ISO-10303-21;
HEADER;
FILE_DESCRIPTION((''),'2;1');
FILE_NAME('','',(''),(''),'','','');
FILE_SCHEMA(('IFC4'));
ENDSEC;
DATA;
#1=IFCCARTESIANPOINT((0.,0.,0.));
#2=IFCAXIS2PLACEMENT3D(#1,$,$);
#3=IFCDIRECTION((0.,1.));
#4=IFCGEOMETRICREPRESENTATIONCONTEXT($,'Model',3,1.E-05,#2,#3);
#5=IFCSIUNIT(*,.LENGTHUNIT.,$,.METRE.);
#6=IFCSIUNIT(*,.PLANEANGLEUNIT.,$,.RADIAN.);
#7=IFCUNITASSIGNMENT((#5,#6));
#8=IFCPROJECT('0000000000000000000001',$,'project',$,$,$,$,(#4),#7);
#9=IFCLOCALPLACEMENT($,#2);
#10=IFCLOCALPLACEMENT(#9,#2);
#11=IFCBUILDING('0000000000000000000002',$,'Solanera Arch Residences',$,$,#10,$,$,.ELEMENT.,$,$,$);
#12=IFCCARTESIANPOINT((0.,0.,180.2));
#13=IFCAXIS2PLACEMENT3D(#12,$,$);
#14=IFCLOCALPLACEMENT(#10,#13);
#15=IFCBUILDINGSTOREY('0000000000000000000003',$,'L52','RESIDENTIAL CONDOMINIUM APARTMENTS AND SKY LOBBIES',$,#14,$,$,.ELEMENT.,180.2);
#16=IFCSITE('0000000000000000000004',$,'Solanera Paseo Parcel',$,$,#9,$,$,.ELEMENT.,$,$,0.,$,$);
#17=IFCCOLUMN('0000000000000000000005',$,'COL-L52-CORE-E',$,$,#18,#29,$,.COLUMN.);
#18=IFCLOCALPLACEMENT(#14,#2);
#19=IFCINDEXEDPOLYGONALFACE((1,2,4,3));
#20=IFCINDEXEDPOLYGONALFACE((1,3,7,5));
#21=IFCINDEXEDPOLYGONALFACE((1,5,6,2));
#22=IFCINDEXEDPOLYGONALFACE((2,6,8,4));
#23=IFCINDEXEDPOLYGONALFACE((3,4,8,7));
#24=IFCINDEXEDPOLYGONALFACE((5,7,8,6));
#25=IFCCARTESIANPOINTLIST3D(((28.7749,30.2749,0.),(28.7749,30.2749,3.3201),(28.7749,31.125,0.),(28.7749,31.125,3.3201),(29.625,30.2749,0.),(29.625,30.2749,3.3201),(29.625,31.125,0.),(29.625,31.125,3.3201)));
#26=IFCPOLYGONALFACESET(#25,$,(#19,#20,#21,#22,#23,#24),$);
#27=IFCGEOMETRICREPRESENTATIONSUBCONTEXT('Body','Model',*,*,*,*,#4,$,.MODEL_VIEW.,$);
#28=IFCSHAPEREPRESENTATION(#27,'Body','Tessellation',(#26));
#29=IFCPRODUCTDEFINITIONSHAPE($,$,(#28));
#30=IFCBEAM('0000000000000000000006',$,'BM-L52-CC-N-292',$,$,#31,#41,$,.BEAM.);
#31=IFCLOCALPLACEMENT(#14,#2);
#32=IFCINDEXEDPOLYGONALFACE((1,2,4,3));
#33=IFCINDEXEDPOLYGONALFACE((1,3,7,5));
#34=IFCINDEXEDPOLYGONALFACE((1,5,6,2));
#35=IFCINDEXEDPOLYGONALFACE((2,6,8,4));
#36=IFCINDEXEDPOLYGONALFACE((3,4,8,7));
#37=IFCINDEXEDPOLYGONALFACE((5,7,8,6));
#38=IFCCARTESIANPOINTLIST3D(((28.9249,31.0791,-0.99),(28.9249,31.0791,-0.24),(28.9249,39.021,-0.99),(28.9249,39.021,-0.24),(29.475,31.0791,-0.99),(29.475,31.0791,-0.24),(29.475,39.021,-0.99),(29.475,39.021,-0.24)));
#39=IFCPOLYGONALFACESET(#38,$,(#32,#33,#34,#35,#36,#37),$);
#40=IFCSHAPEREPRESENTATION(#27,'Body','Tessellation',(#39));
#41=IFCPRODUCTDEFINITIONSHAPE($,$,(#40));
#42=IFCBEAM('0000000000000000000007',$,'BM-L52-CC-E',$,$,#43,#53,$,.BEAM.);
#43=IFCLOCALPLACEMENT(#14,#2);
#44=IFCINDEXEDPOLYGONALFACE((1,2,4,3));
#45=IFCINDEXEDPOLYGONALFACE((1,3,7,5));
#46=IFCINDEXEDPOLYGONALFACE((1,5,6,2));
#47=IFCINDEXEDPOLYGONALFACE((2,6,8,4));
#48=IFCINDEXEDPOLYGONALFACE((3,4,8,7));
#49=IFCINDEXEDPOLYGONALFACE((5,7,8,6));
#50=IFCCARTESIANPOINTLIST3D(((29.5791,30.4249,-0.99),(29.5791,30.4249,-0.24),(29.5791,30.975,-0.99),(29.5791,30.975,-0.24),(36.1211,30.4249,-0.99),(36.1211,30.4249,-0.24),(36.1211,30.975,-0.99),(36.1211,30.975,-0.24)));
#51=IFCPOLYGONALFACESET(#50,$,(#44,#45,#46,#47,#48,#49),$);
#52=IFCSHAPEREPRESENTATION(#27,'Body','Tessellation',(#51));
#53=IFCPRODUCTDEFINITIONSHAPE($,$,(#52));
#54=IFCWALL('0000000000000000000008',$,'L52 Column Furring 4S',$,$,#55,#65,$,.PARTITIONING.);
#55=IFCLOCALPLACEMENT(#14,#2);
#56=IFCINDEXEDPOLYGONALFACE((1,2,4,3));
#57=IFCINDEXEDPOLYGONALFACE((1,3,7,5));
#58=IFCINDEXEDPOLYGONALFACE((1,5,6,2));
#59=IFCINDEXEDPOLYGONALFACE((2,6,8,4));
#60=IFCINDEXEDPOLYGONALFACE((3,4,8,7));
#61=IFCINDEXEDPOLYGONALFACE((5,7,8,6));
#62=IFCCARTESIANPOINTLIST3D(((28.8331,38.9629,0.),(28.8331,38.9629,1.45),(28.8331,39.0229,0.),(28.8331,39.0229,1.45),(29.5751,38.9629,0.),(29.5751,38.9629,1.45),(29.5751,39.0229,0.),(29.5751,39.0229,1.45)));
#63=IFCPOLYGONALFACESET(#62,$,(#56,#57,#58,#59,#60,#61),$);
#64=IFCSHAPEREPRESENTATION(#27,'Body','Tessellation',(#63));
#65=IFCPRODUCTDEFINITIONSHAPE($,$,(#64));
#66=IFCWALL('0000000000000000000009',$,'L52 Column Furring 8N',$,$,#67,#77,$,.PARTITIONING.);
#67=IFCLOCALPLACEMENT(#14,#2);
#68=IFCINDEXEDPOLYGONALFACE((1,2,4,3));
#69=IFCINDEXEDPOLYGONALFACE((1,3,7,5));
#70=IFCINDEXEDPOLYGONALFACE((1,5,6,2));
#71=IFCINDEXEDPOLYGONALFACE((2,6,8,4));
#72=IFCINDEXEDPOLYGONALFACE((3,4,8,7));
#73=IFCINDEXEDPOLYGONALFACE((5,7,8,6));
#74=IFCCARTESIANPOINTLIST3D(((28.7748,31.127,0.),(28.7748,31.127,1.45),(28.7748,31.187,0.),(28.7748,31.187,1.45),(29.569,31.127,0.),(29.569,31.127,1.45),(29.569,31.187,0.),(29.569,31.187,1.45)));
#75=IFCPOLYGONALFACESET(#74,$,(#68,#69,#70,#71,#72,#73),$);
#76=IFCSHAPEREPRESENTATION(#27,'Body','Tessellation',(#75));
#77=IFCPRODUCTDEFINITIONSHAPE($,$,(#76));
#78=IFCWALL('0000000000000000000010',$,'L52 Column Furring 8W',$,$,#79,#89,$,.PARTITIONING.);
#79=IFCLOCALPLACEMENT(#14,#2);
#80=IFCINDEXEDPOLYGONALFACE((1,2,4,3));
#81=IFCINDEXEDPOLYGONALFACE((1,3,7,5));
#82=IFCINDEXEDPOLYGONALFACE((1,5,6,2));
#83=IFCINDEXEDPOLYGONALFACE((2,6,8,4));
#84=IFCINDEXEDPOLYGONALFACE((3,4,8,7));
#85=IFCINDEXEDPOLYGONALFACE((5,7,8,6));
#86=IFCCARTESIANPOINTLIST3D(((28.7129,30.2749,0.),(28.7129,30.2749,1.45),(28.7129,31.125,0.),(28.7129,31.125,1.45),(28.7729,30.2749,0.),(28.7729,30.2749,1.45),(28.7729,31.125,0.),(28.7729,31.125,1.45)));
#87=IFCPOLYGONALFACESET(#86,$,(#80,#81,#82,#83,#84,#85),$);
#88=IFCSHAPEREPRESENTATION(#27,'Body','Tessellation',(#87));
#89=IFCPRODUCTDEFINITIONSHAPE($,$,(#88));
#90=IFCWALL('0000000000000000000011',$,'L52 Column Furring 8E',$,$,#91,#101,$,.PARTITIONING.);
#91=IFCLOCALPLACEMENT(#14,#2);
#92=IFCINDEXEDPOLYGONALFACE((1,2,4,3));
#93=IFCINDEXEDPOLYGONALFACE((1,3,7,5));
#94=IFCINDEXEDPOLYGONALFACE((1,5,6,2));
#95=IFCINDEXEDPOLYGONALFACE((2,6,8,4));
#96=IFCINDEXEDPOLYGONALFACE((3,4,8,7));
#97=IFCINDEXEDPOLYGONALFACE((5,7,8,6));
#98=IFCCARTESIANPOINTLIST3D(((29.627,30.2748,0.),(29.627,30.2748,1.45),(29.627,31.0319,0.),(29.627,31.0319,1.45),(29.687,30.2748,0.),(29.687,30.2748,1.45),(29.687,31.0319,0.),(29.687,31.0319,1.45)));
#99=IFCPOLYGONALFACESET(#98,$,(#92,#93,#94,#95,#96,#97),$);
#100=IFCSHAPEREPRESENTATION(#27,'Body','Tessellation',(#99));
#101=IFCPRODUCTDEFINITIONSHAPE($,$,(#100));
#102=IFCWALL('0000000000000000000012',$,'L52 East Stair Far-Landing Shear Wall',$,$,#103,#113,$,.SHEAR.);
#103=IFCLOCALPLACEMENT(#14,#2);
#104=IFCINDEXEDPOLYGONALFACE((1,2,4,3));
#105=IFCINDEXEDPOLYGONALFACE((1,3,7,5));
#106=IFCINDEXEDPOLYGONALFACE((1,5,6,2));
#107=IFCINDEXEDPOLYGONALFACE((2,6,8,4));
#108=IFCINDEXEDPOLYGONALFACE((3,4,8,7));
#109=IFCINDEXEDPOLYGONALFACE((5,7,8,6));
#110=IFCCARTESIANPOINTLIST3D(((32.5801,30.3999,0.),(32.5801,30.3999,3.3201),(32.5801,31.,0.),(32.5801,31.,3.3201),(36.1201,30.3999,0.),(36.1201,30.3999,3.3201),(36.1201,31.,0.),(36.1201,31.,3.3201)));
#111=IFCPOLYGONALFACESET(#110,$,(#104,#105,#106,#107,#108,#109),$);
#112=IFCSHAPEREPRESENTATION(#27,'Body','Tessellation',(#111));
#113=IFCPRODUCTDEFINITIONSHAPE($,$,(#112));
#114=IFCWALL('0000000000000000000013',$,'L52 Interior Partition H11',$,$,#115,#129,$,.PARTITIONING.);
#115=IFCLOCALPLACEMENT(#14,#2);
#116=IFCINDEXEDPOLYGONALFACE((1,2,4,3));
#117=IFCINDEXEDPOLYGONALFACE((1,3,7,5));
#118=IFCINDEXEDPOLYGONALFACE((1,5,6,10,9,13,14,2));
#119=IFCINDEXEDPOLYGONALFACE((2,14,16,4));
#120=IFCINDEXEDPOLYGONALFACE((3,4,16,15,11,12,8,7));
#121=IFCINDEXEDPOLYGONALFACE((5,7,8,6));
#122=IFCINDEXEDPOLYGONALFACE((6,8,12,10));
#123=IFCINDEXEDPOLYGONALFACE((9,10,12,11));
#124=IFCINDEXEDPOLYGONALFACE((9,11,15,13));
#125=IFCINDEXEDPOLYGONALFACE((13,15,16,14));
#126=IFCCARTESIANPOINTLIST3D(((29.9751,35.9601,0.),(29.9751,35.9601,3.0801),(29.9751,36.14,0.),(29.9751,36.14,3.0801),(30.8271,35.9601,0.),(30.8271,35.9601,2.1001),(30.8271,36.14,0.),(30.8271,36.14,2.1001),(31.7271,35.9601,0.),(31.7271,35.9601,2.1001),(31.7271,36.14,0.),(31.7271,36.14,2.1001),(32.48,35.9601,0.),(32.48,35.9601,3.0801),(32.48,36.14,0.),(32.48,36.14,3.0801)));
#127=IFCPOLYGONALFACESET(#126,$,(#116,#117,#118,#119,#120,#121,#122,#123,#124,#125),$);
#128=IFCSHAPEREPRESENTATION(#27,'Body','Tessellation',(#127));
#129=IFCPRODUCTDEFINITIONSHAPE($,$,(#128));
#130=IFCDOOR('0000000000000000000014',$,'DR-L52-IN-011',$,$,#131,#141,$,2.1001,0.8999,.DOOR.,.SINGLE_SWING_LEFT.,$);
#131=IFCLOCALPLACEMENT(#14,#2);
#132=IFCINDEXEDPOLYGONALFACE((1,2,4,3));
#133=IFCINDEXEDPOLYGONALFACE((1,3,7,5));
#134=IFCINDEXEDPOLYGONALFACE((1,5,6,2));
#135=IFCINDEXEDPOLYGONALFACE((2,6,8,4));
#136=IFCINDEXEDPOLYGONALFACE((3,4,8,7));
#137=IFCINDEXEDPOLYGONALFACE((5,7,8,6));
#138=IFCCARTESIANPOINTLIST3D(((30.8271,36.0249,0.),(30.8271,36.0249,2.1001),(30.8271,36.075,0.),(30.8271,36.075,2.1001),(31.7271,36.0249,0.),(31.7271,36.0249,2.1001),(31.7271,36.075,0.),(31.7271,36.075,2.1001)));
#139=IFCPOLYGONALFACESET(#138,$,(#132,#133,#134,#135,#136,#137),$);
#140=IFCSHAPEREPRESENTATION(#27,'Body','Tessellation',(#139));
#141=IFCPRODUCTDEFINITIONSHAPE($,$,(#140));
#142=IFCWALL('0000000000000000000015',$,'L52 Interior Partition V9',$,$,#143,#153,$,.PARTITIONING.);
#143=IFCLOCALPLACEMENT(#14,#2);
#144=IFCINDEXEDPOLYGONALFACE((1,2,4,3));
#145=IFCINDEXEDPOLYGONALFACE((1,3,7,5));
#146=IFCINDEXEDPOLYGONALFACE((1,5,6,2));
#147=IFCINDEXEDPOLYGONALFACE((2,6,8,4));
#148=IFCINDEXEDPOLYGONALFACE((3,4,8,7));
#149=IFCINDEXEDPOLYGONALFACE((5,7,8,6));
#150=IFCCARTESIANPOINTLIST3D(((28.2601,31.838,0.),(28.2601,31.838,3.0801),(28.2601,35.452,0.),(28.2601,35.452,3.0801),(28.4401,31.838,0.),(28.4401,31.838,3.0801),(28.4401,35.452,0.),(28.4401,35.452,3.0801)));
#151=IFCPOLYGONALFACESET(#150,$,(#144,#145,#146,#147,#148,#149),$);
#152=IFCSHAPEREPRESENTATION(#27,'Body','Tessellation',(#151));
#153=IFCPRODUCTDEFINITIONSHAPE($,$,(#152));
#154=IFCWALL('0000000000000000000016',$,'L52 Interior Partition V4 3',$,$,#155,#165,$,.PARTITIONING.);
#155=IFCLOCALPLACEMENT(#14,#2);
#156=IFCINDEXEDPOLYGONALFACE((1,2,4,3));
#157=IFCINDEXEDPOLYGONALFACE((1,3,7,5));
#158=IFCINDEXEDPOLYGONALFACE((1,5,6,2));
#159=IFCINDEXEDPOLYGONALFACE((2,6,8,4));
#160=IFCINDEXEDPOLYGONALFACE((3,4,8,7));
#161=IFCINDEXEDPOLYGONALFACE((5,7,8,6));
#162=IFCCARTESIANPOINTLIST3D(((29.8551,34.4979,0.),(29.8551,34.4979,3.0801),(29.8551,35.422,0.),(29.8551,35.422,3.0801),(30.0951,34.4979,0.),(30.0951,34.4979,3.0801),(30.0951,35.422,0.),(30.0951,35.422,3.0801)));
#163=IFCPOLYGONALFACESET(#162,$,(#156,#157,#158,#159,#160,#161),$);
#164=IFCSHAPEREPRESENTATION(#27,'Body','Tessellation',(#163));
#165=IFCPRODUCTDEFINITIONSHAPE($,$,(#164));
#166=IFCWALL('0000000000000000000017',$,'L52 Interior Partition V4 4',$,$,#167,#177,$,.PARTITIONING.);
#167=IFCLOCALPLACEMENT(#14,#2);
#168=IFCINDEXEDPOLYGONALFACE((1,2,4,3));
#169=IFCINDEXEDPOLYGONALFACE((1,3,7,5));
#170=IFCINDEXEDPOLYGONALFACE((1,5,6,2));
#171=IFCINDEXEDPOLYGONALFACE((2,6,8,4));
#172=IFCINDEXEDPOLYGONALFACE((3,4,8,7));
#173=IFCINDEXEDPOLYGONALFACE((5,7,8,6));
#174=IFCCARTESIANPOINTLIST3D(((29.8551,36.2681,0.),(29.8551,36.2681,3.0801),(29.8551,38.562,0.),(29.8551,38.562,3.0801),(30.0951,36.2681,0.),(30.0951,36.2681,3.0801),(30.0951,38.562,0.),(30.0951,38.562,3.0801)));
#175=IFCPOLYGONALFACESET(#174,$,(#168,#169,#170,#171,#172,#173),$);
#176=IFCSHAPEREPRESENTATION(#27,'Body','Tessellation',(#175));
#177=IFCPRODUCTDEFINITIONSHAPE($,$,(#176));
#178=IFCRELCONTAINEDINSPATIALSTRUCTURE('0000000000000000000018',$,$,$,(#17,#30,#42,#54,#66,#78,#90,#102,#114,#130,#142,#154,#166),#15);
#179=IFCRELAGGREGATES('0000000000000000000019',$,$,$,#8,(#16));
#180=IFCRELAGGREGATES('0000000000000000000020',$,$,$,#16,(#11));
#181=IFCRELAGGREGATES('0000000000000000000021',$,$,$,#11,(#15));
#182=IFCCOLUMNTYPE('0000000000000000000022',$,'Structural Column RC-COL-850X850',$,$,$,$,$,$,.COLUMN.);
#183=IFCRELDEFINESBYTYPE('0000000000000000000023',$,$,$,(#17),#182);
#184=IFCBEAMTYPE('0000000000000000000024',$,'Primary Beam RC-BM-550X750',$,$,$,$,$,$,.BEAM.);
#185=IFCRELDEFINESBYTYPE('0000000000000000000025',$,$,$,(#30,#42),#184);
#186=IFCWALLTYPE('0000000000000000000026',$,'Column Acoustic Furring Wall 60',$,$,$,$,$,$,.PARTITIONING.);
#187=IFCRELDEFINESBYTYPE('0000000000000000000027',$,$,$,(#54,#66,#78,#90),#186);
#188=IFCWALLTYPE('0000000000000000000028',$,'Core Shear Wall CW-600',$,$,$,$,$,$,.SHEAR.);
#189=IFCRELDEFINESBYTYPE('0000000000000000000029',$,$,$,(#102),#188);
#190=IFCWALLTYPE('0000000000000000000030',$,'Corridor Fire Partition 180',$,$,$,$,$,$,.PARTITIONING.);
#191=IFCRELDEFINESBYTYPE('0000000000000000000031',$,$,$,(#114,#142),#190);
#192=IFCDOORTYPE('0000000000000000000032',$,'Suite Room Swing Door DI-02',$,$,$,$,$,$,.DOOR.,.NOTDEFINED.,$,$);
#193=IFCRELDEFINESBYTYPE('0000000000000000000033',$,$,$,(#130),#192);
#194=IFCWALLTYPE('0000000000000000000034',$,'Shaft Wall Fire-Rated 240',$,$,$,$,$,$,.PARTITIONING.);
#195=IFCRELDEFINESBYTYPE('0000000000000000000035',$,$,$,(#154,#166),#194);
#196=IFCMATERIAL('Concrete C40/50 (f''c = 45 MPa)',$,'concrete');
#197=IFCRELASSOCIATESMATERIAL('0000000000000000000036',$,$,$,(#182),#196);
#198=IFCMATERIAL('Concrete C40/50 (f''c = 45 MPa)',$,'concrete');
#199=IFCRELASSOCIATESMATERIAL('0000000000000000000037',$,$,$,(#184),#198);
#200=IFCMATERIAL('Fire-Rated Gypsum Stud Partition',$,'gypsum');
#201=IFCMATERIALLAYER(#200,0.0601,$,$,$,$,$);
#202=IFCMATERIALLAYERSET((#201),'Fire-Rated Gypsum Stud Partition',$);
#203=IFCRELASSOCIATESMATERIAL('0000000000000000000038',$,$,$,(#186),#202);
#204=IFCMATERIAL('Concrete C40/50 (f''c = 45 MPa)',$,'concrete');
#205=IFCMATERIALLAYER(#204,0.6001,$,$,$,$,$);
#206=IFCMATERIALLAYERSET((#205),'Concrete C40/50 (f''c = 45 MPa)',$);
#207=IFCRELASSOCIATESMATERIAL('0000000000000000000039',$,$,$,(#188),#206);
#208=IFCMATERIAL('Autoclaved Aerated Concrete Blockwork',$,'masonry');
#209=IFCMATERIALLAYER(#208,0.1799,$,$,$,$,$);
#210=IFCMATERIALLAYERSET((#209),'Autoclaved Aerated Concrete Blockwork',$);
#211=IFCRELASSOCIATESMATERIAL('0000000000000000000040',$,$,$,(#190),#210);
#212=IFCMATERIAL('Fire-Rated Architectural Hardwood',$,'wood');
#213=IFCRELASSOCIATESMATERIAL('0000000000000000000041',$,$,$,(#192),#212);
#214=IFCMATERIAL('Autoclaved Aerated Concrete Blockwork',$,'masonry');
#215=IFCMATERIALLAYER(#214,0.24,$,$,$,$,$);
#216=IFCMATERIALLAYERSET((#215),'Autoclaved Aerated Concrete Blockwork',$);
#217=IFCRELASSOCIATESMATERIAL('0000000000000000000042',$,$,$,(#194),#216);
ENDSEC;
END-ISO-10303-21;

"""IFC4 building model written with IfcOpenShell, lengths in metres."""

from ifc_helpers import new_model, si_unit, direction, frame, frame_2d, origin, origin_2d, place, context, subcontext, project, spatial, rectangle, extrude, material, layer, layer_set, material_profile, profile_set, type_object, element, fill, save


model = new_model("IFC4")

# Units and contexts
model_context = context("Model", 3, precision=1e-05, world=origin(), true_north=direction((0.0, 1.0)))
body_context = subcontext(model_context, "Body", "Model", "MODEL_VIEW")
ifc_project = project(units=[si_unit("LENGTHUNIT", "METRE"), si_unit("PLANEANGLEUNIT", "RADIAN")], contexts=[model_context])

# Site, building, storey
site_placement = place(None, origin())
site = spatial("IfcSite", under=ifc_project, at=site_placement, Name="Solanera Paseo Parcel", CompositionType="ELEMENT", RefElevation=0.0)
building_placement = place(site_placement, origin())
building = spatial("IfcBuilding", under=site, at=building_placement, Name="Solanera Arch Residences", CompositionType="ELEMENT")
storey_placement = place(building_placement, frame((0.0, 0.0, 180.2)))
storey = spatial("IfcBuildingStorey", under=building, at=storey_placement, Name="L52", Description="RESIDENTIAL CONDOMINIUM APARTMENTS AND SKY LOBBIES", CompositionType="ELEMENT", Elevation=180.2)

# Column
ifc_material_1 = material(Name="Concrete C40/50 (f'c = 45 MPa)", Category="concrete")
ifc_material_profile_1 = material_profile(ifc_material_1, rectangle(XDim=0.8501, YDim=0.8501, at=origin_2d()))
ifc_profile_set_1 = profile_set([ifc_material_profile_1], Name="Concrete C40/50 (f'c = 45 MPa)")
column_type = type_object("IfcColumnType", Name="Structural Column RC-COL-850X850", PredefinedType="COLUMN", material=ifc_profile_set_1)
column_placement = place(storey_placement, frame((29.2, 30.7, 0.0), z_axis=(0.0, 0.0, 1.0), x_axis=(1.0, 0.0, 0.0)))
element("IfcColumn", 1, at=column_placement, inside=storey, type_object=column_type, Name="COL-L52-CORE-E", PredefinedType="COLUMN", context=body_context, shape_type="SweptSolid", body=[
    extrude(rectangle(XDim=0.8501, YDim=0.8501, at=origin_2d()), origin(), (0.0, 0.0, 1.0), 3.3201),
])

# Beams
ifc_material_2 = material(Name="Concrete C40/50 (f'c = 45 MPa)", Category="concrete")
ifc_material_profile_2 = material_profile(ifc_material_2, rectangle(XDim=0.55, YDim=0.75, at=origin_2d()))
ifc_profile_set_2 = profile_set([ifc_material_profile_2], Name="Concrete C40/50 (f'c = 45 MPa)")
beam_type = type_object("IfcBeamType", Name="Primary Beam RC-BM-550X750", PredefinedType="BEAM", material=ifc_profile_set_2)
beam_1_placement = place(storey_placement, frame((29.2, 31.0791, -0.615), z_axis=(0.0, 1.0, 0.0), x_axis=(-1.0, 0.0, 0.0)))
element("IfcBeam", 2, at=beam_1_placement, inside=storey, type_object=beam_type, Name="BM-L52-CC-N-292", PredefinedType="BEAM", context=body_context, shape_type="SweptSolid", body=[
    extrude(rectangle(XDim=0.55, YDim=0.75, at=origin_2d()), origin(), (0.0, 0.0, 1.0), 7.9419),
])
beam_2_placement = place(storey_placement, frame((29.5791, 30.7, -0.615), z_axis=(1.0, 0.0, 0.0), x_axis=(0.0, 1.0, 0.0)))
element("IfcBeam", 3, at=beam_2_placement, inside=storey, type_object=beam_type, Name="BM-L52-CC-E", PredefinedType="BEAM", context=body_context, shape_type="SweptSolid", body=[
    extrude(rectangle(XDim=0.55, YDim=0.75, at=origin_2d()), origin(), (0.0, 0.0, 1.0), 6.542),
])

# Walls
ifc_material_3 = material(Name="Fire-Rated Gypsum Stud Partition", Category="gypsum")
ifc_layer_1 = layer(ifc_material_3, 0.0601)
ifc_layer_set_1 = layer_set([ifc_layer_1], Name="Fire-Rated Gypsum Stud Partition")
wall_type_1 = type_object("IfcWallType", Name="Column Acoustic Furring Wall 60", PredefinedType="PARTITIONING", material=ifc_layer_set_1)
wall_1_placement = place(storey_placement, frame((28.833, 38.9929, 0.0), z_axis=(0.0, 0.0, 1.0), x_axis=(1.0, 0.0, 0.0)))
element("IfcWall", 4, at=wall_1_placement, inside=storey, type_object=wall_type_1, Name="L52 Column Furring 4S", PredefinedType="PARTITIONING", context=body_context, shape_type="SweptSolid", body=[
    extrude(rectangle(XDim=0.7419, YDim=0.0601, at=frame_2d((0.3711, 0.0))), origin(), (0.0, 0.0, 1.0), 1.45),
])
wall_2_placement = place(storey_placement, frame((28.7749, 31.157, 0.0), z_axis=(0.0, 0.0, 1.0), x_axis=(1.0, 0.0, 0.0)))
element("IfcWall", 5, at=wall_2_placement, inside=storey, type_object=wall_type_1, Name="L52 Column Furring 8N", PredefinedType="PARTITIONING", context=body_context, shape_type="SweptSolid", body=[
    extrude(rectangle(XDim=0.7942, YDim=0.0601, at=frame_2d((0.397, 0.0))), origin(), (0.0, 0.0, 1.0), 1.45),
])
wall_3_placement = place(storey_placement, frame((28.7429, 30.2749, 0.0), z_axis=(0.0, 0.0, 1.0), x_axis=(0.0, 1.0, 0.0)))
element("IfcWall", 6, at=wall_3_placement, inside=storey, type_object=wall_type_1, Name="L52 Column Furring 8W", PredefinedType="PARTITIONING", context=body_context, shape_type="SweptSolid", body=[
    extrude(rectangle(XDim=0.8501, YDim=0.0601, at=frame_2d((0.425, 0.0))), origin(), (0.0, 0.0, 1.0), 1.45),
])
wall_4_placement = place(storey_placement, frame((29.657, 30.2749, 0.0), z_axis=(0.0, 0.0, 1.0), x_axis=(0.0, 1.0, 0.0)))
element("IfcWall", 7, at=wall_4_placement, inside=storey, type_object=wall_type_1, Name="L52 Column Furring 8E", PredefinedType="PARTITIONING", context=body_context, shape_type="SweptSolid", body=[
    extrude(rectangle(XDim=0.7571, YDim=0.0601, at=frame_2d((0.3784, 0.0))), origin(), (0.0, 0.0, 1.0), 1.45),
])

# Wall
ifc_material_4 = material(Name="Concrete C40/50 (f'c = 45 MPa)", Category="concrete")
ifc_layer_2 = layer(ifc_material_4, 0.6001)
ifc_layer_set_2 = layer_set([ifc_layer_2], Name="Concrete C40/50 (f'c = 45 MPa)")
wall_type_2 = type_object("IfcWallType", Name="Core Shear Wall CW-600", PredefinedType="SHEAR", material=ifc_layer_set_2)
wall_5_placement = place(storey_placement, frame((32.5801, 30.7, 0.0), z_axis=(0.0, 0.0, 1.0), x_axis=(1.0, 0.0, 0.0)))
element("IfcWall", 8, at=wall_5_placement, inside=storey, type_object=wall_type_2, Name="L52 East Stair Far-Landing Shear Wall", PredefinedType="SHEAR", context=body_context, shape_type="SweptSolid", body=[
    extrude(rectangle(XDim=3.54, YDim=0.6001, at=frame_2d((1.77, 0.0))), origin(), (0.0, 0.0, 1.0), 3.3201),
])

# Wall, opening, door
ifc_material_5 = material(Name="Autoclaved Aerated Concrete Blockwork", Category="masonry")
ifc_layer_3 = layer(ifc_material_5, 0.1799)
ifc_layer_set_3 = layer_set([ifc_layer_3], Name="Autoclaved Aerated Concrete Blockwork")
wall_type_3 = type_object("IfcWallType", Name="Corridor Fire Partition 180", PredefinedType="PARTITIONING", material=ifc_layer_set_3)
wall_6_placement = place(storey_placement, frame((29.9751, 36.05, 0.0), z_axis=(0.0, 0.0, 1.0), x_axis=(1.0, 0.0, 0.0)))
wall_6 = element("IfcWall", 9, at=wall_6_placement, inside=storey, type_object=wall_type_3, Name="L52 Interior Partition H11", PredefinedType="PARTITIONING", context=body_context, shape_type="SweptSolid", body=[
    extrude(rectangle(XDim=2.5049, YDim=0.1799, at=frame_2d((1.2524, 0.0))), origin(), (0.0, 0.0, 1.0), 3.0801),
])
opening_1_placement = place(wall_6_placement, frame((0.8521, 0.0, 0.0)))
opening_1 = element("IfcOpeningElement", 10, at=opening_1_placement, cuts=wall_6, PredefinedType="OPENING", context=body_context, shape_type="SweptSolid", body=[
    extrude(rectangle(XDim=0.8999, YDim=2.1001, at=frame_2d((0.45, 1.05))), frame((0.0, 0.1001, 0.0), z_axis=(0.0, -1.0, 0.0), x_axis=(1.0, 0.0, 0.0)), (0.0, 0.0, 1.0), 0.1999),
])
ifc_material_6 = material(Name="Fire-Rated Architectural Hardwood", Category="wood")
door_type_1 = type_object("IfcDoorType", Name="Suite Room Swing Door DI-02", OperationType="NOTDEFINED", PredefinedType="DOOR", material=ifc_material_6)
door_1_placement = place(opening_1_placement, origin())
door_1 = element("IfcDoor", 11, at=door_1_placement, inside=storey, type_object=door_type_1, Name="DR-L52-IN-011", OperationType="SINGLE_SWING_LEFT", OverallHeight=2.1001, OverallWidth=0.8999, PredefinedType="DOOR", context=body_context, shape_type="SweptSolid", body=[
    extrude(rectangle(XDim=0.8999, YDim=2.1001, at=frame_2d((0.45, 1.05))), frame((0.0, 0.0249, 0.0), z_axis=(0.0, -1.0, 0.0), x_axis=(1.0, 0.0, 0.0)), (0.0, 0.0, 1.0), 0.05),
])
fill(opening_1, door_1)

# Wall
wall_7_placement = place(storey_placement, frame((28.3501, 31.8379, 0.0), z_axis=(0.0, 0.0, 1.0), x_axis=(0.0, 1.0, 0.0)))
element("IfcWall", 12, at=wall_7_placement, inside=storey, type_object=wall_type_3, Name="L52 Interior Partition V9", PredefinedType="PARTITIONING", context=body_context, shape_type="SweptSolid", body=[
    extrude(rectangle(XDim=3.614, YDim=0.1799, at=frame_2d((1.8071, 0.0))), origin(), (0.0, 0.0, 1.0), 3.0801),
])

# Shared definitions
ifc_material_7 = material(Name="Autoclaved Aerated Concrete Blockwork", Category="masonry")
ifc_layer_4 = layer(ifc_material_7, 0.24)
ifc_layer_set_4 = layer_set([ifc_layer_4], Name="Autoclaved Aerated Concrete Blockwork")
wall_type_4 = type_object("IfcWallType", Name="Shaft Wall Fire-Rated 240", PredefinedType="PARTITIONING", material=ifc_layer_set_4)

# Walls
wall_8_placement = place(storey_placement, frame((29.9751, 34.498, 0.0), z_axis=(0.0, 0.0, 1.0), x_axis=(0.0, 1.0, 0.0)))
element("IfcWall", 13, at=wall_8_placement, inside=storey, type_object=wall_type_4, Name="L52 Interior Partition V4 3", PredefinedType="PARTITIONING", context=body_context, shape_type="SweptSolid", body=[
    extrude(rectangle(XDim=0.9241, YDim=0.24, at=frame_2d((0.4619, 0.0))), origin(), (0.0, 0.0, 1.0), 3.0801),
])
wall_9_placement = place(storey_placement, frame((29.9751, 36.2681, 0.0), z_axis=(0.0, 0.0, 1.0), x_axis=(0.0, 1.0, 0.0)))
element("IfcWall", 14, at=wall_9_placement, inside=storey, type_object=wall_type_4, Name="L52 Interior Partition V4 4", PredefinedType="PARTITIONING", context=body_context, shape_type="SweptSolid", body=[
    extrude(rectangle(XDim=2.2939, YDim=0.24, at=frame_2d((1.147, 0.0))), origin(), (0.0, 0.0, 1.0), 3.0801),
])

save(model, "model.ifc")
